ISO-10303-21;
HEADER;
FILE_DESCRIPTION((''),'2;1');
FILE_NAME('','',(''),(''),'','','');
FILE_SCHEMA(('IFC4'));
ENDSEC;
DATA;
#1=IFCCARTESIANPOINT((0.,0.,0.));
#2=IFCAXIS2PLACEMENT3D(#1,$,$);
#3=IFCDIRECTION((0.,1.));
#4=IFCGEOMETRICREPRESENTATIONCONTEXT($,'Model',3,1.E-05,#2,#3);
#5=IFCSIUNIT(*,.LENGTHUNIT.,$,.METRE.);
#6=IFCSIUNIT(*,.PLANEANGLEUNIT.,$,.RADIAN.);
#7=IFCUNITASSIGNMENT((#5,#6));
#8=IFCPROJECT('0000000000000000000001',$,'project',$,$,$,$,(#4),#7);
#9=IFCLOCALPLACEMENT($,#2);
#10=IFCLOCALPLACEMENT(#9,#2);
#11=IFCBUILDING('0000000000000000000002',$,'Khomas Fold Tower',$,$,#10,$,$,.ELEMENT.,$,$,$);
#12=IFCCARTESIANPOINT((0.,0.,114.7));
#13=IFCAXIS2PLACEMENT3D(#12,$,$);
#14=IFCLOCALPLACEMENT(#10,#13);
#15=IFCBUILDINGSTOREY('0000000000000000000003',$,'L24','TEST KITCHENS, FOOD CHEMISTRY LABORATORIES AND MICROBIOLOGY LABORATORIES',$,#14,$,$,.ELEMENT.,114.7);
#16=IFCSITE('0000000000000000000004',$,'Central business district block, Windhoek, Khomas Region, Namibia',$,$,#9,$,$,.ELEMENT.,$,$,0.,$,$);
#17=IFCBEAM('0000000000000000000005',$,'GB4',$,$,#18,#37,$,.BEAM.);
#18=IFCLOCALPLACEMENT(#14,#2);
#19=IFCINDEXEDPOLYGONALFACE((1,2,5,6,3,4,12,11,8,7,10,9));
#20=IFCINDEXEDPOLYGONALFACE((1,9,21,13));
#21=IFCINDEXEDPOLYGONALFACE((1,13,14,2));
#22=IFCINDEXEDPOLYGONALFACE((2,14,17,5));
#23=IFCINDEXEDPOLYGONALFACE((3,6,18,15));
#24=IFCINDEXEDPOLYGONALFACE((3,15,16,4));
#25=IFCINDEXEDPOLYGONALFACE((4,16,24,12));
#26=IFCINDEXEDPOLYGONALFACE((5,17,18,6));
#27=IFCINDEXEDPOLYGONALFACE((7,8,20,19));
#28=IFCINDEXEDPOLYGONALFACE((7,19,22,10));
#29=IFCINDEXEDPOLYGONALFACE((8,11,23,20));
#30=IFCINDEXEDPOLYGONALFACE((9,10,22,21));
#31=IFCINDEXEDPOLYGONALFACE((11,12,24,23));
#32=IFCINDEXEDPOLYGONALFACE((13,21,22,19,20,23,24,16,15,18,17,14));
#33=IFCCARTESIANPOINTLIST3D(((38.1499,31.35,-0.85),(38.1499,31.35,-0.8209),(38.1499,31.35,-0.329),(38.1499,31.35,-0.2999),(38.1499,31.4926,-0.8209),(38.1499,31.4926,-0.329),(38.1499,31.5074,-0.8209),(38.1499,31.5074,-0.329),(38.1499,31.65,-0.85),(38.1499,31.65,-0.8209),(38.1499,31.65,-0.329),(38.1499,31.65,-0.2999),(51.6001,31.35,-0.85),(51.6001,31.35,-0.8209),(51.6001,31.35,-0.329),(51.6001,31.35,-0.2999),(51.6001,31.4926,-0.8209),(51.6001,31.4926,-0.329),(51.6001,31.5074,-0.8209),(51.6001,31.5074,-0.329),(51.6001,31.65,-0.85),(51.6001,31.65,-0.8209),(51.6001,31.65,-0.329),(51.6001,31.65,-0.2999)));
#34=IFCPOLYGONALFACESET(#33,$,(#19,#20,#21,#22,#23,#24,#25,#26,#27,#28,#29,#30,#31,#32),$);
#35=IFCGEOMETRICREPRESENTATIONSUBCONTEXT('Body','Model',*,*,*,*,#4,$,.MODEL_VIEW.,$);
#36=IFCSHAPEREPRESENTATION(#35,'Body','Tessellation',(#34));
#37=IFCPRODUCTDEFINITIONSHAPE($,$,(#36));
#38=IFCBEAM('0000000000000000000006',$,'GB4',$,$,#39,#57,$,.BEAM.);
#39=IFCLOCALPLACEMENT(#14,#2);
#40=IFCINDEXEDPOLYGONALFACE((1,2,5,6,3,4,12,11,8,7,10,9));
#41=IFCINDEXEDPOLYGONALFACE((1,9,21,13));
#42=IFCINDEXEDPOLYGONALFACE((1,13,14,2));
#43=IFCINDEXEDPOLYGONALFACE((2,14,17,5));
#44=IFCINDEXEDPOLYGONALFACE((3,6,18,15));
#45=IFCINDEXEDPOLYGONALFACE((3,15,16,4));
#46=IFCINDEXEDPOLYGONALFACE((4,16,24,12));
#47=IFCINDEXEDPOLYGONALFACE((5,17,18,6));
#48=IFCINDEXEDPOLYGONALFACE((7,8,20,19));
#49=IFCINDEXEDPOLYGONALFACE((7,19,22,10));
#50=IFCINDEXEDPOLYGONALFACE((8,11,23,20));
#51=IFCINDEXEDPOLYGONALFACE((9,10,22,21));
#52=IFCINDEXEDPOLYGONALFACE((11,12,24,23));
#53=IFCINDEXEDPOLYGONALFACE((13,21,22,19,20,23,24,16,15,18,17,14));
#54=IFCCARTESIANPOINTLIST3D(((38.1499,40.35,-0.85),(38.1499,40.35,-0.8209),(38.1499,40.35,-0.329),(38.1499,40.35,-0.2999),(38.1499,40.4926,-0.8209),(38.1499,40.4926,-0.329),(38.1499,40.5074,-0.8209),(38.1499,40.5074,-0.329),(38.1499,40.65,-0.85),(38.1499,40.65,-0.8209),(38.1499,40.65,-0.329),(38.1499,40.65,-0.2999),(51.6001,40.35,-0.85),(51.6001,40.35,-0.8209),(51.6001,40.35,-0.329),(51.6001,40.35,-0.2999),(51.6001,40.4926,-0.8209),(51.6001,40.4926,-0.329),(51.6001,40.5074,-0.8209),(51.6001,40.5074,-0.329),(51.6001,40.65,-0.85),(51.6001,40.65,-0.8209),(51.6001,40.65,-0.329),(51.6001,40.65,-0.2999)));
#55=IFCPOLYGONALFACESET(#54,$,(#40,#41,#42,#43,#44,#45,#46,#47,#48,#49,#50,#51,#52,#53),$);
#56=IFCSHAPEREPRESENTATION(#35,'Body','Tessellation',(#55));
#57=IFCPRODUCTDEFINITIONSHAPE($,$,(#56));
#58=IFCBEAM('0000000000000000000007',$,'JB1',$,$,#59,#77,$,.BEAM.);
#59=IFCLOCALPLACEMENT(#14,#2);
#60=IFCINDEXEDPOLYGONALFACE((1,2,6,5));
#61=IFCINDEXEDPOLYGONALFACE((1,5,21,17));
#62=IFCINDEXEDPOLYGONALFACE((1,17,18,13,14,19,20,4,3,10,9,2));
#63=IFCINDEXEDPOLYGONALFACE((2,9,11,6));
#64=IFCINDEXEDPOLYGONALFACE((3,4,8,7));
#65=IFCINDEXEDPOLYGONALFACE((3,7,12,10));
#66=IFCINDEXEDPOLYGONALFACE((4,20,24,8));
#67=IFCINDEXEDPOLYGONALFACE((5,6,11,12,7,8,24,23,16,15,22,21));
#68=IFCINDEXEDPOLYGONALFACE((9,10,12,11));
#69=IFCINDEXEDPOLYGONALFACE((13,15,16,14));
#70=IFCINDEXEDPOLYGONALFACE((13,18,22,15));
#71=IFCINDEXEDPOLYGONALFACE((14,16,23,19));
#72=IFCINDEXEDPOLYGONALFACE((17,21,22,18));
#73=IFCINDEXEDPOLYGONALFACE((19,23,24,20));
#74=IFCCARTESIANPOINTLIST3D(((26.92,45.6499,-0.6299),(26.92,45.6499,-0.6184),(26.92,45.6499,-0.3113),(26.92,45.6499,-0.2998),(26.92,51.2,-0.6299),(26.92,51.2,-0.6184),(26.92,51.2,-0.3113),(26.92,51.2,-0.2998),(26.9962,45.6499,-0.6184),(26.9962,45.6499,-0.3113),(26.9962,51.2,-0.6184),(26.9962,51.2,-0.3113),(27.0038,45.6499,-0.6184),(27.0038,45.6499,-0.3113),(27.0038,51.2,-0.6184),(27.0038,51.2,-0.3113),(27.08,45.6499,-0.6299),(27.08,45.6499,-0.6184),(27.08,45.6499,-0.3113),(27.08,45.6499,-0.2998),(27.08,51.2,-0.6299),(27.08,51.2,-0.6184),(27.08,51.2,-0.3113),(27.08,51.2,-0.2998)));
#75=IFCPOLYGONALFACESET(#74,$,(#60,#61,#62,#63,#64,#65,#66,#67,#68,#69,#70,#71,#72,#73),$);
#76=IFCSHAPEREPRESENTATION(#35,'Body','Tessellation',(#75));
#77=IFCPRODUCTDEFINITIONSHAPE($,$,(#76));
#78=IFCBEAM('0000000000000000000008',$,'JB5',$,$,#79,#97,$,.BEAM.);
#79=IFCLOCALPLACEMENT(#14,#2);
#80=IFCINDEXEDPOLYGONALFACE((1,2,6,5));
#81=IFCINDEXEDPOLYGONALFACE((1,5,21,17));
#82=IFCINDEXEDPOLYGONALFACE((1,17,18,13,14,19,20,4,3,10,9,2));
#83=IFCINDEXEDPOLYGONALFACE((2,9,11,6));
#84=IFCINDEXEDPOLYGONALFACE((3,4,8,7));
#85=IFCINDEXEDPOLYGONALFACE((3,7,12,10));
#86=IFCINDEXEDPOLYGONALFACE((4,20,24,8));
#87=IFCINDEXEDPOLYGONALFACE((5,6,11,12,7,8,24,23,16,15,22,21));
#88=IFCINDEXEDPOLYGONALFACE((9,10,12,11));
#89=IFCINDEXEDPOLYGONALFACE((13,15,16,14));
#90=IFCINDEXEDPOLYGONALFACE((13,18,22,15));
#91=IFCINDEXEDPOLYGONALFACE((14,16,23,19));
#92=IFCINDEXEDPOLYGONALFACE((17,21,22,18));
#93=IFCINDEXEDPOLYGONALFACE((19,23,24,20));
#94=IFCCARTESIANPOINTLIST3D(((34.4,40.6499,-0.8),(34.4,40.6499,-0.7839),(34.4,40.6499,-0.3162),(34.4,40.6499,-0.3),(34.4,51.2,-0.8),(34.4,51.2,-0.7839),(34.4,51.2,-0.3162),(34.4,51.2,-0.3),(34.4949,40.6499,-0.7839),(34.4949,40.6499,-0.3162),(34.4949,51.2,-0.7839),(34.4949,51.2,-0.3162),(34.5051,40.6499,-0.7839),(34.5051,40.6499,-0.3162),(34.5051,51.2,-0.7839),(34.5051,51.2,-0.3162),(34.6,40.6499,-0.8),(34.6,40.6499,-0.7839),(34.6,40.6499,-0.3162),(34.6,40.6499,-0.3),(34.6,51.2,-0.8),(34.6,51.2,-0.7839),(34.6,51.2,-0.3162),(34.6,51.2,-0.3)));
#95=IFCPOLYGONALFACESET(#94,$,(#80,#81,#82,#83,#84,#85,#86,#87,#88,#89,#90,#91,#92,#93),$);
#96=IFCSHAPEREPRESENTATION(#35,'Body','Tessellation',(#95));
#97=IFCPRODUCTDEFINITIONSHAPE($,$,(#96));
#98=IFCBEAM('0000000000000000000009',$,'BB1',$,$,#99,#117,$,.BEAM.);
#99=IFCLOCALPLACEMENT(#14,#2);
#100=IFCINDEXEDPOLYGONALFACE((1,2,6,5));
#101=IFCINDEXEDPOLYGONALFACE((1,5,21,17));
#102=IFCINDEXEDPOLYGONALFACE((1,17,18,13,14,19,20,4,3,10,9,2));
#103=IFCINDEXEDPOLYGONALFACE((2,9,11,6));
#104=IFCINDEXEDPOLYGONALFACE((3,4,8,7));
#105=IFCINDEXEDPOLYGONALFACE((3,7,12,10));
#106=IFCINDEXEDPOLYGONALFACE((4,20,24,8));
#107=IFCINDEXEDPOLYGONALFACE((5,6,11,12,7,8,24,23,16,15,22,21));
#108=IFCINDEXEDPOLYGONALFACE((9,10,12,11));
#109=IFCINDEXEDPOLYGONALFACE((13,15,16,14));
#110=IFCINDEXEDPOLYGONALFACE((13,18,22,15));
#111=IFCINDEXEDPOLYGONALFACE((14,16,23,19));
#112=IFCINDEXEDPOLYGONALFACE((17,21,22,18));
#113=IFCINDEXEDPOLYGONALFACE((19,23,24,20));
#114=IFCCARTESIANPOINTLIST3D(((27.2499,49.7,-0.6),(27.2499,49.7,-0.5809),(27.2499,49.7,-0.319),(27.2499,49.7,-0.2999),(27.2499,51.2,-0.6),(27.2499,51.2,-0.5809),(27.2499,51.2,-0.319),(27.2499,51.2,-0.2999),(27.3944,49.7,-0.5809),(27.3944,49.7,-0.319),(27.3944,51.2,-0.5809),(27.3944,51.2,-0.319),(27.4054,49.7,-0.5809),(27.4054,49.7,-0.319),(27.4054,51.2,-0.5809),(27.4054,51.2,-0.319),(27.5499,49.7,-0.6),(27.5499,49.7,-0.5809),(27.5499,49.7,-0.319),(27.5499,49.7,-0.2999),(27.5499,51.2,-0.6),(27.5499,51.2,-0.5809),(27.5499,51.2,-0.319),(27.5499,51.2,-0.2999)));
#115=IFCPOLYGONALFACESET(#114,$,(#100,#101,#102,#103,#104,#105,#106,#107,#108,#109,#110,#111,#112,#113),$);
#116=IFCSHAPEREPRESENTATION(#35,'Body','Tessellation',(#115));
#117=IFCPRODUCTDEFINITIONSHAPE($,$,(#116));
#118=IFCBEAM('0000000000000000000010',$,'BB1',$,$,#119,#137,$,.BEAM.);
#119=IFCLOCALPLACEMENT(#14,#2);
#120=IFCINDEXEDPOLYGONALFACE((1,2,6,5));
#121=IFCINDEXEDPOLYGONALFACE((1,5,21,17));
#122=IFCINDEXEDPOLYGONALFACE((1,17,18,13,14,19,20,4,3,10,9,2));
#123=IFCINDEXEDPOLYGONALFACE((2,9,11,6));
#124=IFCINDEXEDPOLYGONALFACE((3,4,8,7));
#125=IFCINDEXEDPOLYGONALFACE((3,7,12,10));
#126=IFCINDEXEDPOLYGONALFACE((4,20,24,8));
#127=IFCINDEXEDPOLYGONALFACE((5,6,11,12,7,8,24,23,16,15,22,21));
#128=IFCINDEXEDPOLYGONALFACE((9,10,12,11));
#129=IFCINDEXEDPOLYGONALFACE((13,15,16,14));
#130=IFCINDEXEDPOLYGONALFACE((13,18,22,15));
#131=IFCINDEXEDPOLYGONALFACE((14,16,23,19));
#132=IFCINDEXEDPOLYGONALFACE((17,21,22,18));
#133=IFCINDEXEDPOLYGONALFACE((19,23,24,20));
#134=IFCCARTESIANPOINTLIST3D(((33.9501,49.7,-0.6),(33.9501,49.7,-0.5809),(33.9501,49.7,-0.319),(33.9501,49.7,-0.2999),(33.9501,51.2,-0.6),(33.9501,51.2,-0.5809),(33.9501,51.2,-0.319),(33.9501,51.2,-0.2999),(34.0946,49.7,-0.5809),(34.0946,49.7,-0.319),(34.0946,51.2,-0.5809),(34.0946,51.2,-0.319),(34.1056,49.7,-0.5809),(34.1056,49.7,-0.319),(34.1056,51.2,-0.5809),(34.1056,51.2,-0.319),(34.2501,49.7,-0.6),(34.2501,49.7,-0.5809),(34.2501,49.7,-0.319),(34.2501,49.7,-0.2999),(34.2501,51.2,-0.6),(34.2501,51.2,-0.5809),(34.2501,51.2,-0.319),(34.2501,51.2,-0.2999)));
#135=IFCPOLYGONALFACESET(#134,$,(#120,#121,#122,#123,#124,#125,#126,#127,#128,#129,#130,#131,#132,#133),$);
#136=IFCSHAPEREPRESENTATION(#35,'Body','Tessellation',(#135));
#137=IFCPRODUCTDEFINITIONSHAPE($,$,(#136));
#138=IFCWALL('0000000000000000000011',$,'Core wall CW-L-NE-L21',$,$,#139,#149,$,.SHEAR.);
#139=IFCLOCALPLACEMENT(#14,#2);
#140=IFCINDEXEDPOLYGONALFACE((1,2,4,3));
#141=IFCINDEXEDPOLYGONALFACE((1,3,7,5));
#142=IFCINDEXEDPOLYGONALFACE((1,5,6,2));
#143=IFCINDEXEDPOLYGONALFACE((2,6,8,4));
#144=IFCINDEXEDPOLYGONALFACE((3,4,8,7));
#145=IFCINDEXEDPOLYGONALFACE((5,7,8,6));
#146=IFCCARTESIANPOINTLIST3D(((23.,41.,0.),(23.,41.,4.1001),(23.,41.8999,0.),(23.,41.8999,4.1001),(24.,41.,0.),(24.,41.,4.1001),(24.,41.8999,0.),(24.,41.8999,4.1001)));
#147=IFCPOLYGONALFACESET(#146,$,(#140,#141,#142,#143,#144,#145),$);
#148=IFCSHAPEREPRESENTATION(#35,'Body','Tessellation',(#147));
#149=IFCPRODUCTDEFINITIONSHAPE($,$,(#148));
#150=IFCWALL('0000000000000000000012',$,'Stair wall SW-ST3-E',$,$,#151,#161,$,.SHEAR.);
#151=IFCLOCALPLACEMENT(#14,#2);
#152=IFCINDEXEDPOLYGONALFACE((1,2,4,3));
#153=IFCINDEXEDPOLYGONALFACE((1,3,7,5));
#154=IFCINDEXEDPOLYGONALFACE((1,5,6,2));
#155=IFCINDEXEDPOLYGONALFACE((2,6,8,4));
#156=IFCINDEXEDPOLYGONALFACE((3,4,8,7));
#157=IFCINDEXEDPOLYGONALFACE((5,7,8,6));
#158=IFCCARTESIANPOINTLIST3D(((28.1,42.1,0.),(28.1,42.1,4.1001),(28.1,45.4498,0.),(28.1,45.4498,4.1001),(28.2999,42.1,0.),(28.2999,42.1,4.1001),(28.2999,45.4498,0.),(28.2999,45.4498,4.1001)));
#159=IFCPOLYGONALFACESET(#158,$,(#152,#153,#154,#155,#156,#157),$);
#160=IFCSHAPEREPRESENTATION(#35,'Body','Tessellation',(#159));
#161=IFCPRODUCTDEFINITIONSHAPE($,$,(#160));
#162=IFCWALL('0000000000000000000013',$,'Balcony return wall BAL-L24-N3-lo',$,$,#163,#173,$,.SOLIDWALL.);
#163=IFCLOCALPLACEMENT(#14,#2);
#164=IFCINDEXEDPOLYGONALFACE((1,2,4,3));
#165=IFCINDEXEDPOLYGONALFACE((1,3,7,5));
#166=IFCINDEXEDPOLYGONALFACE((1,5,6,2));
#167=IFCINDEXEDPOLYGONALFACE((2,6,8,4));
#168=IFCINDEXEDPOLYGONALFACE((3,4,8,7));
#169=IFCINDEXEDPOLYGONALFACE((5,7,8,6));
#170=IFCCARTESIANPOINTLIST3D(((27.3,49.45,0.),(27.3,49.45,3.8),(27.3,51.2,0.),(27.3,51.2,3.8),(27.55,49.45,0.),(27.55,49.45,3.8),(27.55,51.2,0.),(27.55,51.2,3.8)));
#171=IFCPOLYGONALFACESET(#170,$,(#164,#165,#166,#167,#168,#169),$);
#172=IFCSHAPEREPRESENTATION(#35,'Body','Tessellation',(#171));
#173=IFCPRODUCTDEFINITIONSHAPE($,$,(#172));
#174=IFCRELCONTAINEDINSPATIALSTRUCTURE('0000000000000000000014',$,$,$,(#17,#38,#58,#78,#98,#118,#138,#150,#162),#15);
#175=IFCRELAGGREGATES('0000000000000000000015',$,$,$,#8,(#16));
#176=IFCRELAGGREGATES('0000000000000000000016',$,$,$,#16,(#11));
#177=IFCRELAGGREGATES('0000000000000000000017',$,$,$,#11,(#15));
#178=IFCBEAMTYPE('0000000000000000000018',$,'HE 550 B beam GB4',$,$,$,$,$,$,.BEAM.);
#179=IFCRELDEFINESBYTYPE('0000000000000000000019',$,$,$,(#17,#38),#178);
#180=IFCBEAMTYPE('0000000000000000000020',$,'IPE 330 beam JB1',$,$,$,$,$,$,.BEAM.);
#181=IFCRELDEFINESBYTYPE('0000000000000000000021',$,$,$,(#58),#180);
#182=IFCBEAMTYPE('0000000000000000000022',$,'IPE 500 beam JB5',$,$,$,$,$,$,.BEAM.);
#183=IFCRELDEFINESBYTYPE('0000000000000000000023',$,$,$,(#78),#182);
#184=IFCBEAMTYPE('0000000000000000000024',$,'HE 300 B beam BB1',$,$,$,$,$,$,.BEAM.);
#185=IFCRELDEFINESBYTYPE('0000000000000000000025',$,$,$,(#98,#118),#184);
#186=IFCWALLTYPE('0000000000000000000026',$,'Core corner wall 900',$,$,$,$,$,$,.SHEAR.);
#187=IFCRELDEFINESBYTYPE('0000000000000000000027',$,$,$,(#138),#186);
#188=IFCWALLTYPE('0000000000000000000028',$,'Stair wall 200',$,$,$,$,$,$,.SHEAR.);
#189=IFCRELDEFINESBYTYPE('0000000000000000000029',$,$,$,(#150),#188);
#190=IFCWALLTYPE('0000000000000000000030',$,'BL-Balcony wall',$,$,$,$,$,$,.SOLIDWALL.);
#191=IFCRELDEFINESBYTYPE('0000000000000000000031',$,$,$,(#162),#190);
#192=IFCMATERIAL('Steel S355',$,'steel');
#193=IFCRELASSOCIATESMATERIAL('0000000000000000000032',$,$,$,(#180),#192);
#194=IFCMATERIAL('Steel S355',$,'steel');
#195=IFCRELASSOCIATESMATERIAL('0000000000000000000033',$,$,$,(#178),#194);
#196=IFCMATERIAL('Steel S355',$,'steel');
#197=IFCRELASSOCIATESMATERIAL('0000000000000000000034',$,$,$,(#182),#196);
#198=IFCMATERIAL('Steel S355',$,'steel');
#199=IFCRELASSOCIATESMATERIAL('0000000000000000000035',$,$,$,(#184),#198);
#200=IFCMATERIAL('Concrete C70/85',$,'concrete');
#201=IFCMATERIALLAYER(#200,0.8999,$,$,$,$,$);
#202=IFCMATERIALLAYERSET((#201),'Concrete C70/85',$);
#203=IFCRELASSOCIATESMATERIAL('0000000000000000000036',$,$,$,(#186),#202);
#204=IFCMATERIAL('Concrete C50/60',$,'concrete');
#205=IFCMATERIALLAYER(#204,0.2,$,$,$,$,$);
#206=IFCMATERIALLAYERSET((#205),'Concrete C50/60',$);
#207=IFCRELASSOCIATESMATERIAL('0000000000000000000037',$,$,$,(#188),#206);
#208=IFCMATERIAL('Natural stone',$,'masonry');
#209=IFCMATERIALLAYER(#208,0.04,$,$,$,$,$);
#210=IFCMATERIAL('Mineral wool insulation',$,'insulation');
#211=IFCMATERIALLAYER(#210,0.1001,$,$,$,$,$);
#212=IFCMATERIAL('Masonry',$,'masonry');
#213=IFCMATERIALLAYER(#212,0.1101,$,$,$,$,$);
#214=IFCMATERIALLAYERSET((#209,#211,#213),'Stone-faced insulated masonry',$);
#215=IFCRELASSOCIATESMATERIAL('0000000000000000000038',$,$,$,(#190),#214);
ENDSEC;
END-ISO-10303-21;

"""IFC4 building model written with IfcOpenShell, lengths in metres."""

from ifc_helpers import new_model, si_unit, direction, frame, frame_2d, origin, origin_2d, place, context, subcontext, project, spatial, rectangle, i_section, extrude, source, transform, mapped, material, layer, layer_set, material_profile, profile_set, type_object, element, save


model = new_model("IFC4")

# Units and contexts
model_context = context("Model", 3, precision=1e-05, world=origin(), true_north=direction((0.0, 1.0)))
body_context = subcontext(model_context, "Body", "Model", "MODEL_VIEW")
ifc_project = project(units=[si_unit("LENGTHUNIT", "METRE"), si_unit("PLANEANGLEUNIT", "RADIAN")], contexts=[model_context])

# Site, building, storey
site_placement = place(None, origin())
site = spatial("IfcSite", under=ifc_project, at=site_placement, Name="Central business district block, Windhoek, Khomas Region, Namibia", CompositionType="ELEMENT", RefElevation=0.0)
building_placement = place(site_placement, origin())
building = spatial("IfcBuilding", under=site, at=building_placement, Name="Khomas Fold Tower", CompositionType="ELEMENT")
storey_placement = place(building_placement, frame((0.0, 0.0, 114.7)))
storey = spatial("IfcBuildingStorey", under=building, at=storey_placement, Name="L24", Description="TEST KITCHENS, FOOD CHEMISTRY LABORATORIES AND MICROBIOLOGY LABORATORIES", CompositionType="ELEMENT", Elevation=114.7)

# Beams
ifc_material_1 = material(Name="Steel S355", Category="steel")
ifc_material_profile_1 = material_profile(ifc_material_1, i_section(OverallWidth=0.1599, OverallDepth=0.3301, WebThickness=0.0076, FlangeThickness=0.0115, at=origin_2d()), Name="IPE 330")
ifc_profile_set_1 = profile_set([ifc_material_profile_1], Name="Steel S355")
beam_type_1 = type_object("IfcBeamType", Name="IPE 330 beam JB1", PredefinedType="BEAM", material=ifc_profile_set_1)
ifc_material_2 = material(Name="Steel S355", Category="steel")
ifc_material_profile_2 = material_profile(ifc_material_2, i_section(OverallWidth=0.3, OverallDepth=0.55, WebThickness=0.0149, FlangeThickness=0.0291, at=origin_2d()), Name="HE 550 B")
ifc_profile_set_2 = profile_set([ifc_material_profile_2], Name="Steel S355")
beam_type_2 = type_object("IfcBeamType", Name="HE 550 B beam GB4", PredefinedType="BEAM", material=ifc_profile_set_2)
shared_shape_1 = source(origin(), body_context, "Body", "SweptSolid", [
    extrude(i_section(OverallWidth=0.3, OverallDepth=0.55, WebThickness=0.0149, FlangeThickness=0.0291, at=origin_2d()), origin(), (0.0, 0.0, 1.0), 13.4502),
])
for number, where, z_axis, x_axis, name in (
    (1, (38.1499, 31.5, -0.575), (1.0, 0.0, 0.0), (0.0, 1.0, 0.0), "GB4"),
    (2, (38.1499, 40.5, -0.575), (1.0, 0.0, 0.0), (0.0, 1.0, 0.0), "GB4"),
):
    element("IfcBeam", number, at=place(storey_placement, frame(where, z_axis=z_axis, x_axis=x_axis)), inside=storey, type_object=beam_type_2, Name=name, PredefinedType="BEAM", context=body_context, shape_type="MappedRepresentation", body=[
        mapped(shared_shape_1, transform((0.0, 0.0, 0.0))),
    ])
shared_shape_2 = source(origin(), body_context, "Body", "SweptSolid", [
    extrude(i_section(OverallWidth=0.1599, OverallDepth=0.3301, WebThickness=0.0076, FlangeThickness=0.0115, at=origin_2d()), origin(), (0.0, 0.0, 1.0), 5.55),
])
beam_1_placement = place(storey_placement, frame((27.0, 45.6499, -0.4648), z_axis=(0.0, 1.0, 0.0), x_axis=(-1.0, 0.0, 0.0)))
element("IfcBeam", 3, at=beam_1_placement, inside=storey, type_object=beam_type_1, Name="JB1", PredefinedType="BEAM", context=body_context, shape_type="MappedRepresentation", body=[
    mapped(shared_shape_2, transform((0.0, 0.0, 0.0))),
])
ifc_material_3 = material(Name="Steel S355", Category="steel")
ifc_material_profile_3 = material_profile(ifc_material_3, i_section(OverallWidth=0.2, OverallDepth=0.5, WebThickness=0.0103, FlangeThickness=0.0161, at=origin_2d()), Name="IPE 500")
ifc_profile_set_3 = profile_set([ifc_material_profile_3], Name="Steel S355")
beam_type_3 = type_object("IfcBeamType", Name="IPE 500 beam JB5", PredefinedType="BEAM", material=ifc_profile_set_3)
shared_shape_3 = source(origin(), body_context, "Body", "SweptSolid", [
    extrude(i_section(OverallWidth=0.2, OverallDepth=0.5, WebThickness=0.0103, FlangeThickness=0.0161, at=origin_2d()), origin(), (0.0, 0.0, 1.0), 10.55),
])
beam_2_placement = place(storey_placement, frame((34.5, 40.6499, -0.55), z_axis=(0.0, 1.0, 0.0), x_axis=(-1.0, 0.0, 0.0)))
element("IfcBeam", 4, at=beam_2_placement, inside=storey, type_object=beam_type_3, Name="JB5", PredefinedType="BEAM", context=body_context, shape_type="MappedRepresentation", body=[
    mapped(shared_shape_3, transform((0.0, 0.0, 0.0))),
])
ifc_material_4 = material(Name="Steel S355", Category="steel")
ifc_material_profile_4 = material_profile(ifc_material_4, i_section(OverallWidth=0.3, OverallDepth=0.3, WebThickness=0.011, FlangeThickness=0.019, at=origin_2d()), Name="HE 300 B")
ifc_profile_set_4 = profile_set([ifc_material_profile_4], Name="Steel S355")
beam_type_4 = type_object("IfcBeamType", Name="HE 300 B beam BB1", PredefinedType="BEAM", material=ifc_profile_set_4)
shared_shape_4 = source(origin(), body_context, "Body", "SweptSolid", [
    extrude(i_section(OverallWidth=0.3, OverallDepth=0.3, WebThickness=0.011, FlangeThickness=0.019, at=origin_2d()), origin(), (0.0, 0.0, 1.0), 1.5),
])
for number, where, z_axis, x_axis, name in (
    (5, (27.3999, 49.7, -0.45), (0.0, 1.0, 0.0), (-1.0, 0.0, 0.0), "BB1"),
    (6, (34.1001, 49.7, -0.45), (0.0, 1.0, 0.0), (-1.0, 0.0, 0.0), "BB1"),
):
    element("IfcBeam", number, at=place(storey_placement, frame(where, z_axis=z_axis, x_axis=x_axis)), inside=storey, type_object=beam_type_4, Name=name, PredefinedType="BEAM", context=body_context, shape_type="MappedRepresentation", body=[
        mapped(shared_shape_4, transform((0.0, 0.0, 0.0))),
    ])

# Walls
ifc_material_5 = material(Name="Concrete C70/85", Category="concrete")
ifc_layer_1 = layer(ifc_material_5, 0.8999)
ifc_layer_set_1 = layer_set([ifc_layer_1], Name="Concrete C70/85")
wall_type_1 = type_object("IfcWallType", Name="Core corner wall 900", PredefinedType="SHEAR", material=ifc_layer_set_1)
shared_shape_5 = source(origin(), body_context, "Body", "SweptSolid", [
    extrude(rectangle(XDim=1.0, YDim=0.8999, at=frame_2d((0.5, 0.0))), origin(), (0.0, 0.0, 1.0), 4.1001),
])
wall_1_placement = place(storey_placement, frame((23.0, 41.45, 0.0), z_axis=(0.0, 0.0, 1.0), x_axis=(1.0, 0.0, 0.0)))
element("IfcWall", 7, at=wall_1_placement, inside=storey, type_object=wall_type_1, Name="Core wall CW-L-NE-L21", PredefinedType="SHEAR", context=body_context, shape_type="MappedRepresentation", body=[
    mapped(shared_shape_5, transform((0.0, 0.0, 0.0))),
])
ifc_material_6 = material(Name="Concrete C50/60", Category="concrete")
ifc_layer_2 = layer(ifc_material_6, 0.2)
ifc_layer_set_2 = layer_set([ifc_layer_2], Name="Concrete C50/60")
wall_type_2 = type_object("IfcWallType", Name="Stair wall 200", PredefinedType="SHEAR", material=ifc_layer_set_2)
shared_shape_6 = source(origin(), body_context, "Body", "SweptSolid", [
    extrude(rectangle(XDim=3.3499, YDim=0.2, at=frame_2d((1.6748, 0.0))), origin(), (0.0, 0.0, 1.0), 4.1001),
])
wall_2_placement = place(storey_placement, frame((28.2, 42.1001, 0.0), z_axis=(0.0, 0.0, 1.0), x_axis=(0.0, 1.0, 0.0)))
element("IfcWall", 8, at=wall_2_placement, inside=storey, type_object=wall_type_2, Name="Stair wall SW-ST3-E", PredefinedType="SHEAR", context=body_context, shape_type="MappedRepresentation", body=[
    mapped(shared_shape_6, transform((0.0, 0.0, 0.0))),
])

# Shared definitions
ifc_material_7 = material(Name="Natural stone", Category="masonry")
ifc_layer_3 = layer(ifc_material_7, 0.04)
ifc_material_8 = material(Name="Mineral wool insulation", Category="insulation")
ifc_layer_4 = layer(ifc_material_8, 0.1001)
ifc_material_9 = material(Name="Masonry", Category="masonry")
ifc_layer_5 = layer(ifc_material_9, 0.1101)
ifc_layer_set_3 = layer_set([ifc_layer_3, ifc_layer_4, ifc_layer_5], Name="Stone-faced insulated masonry")
wall_type_3 = type_object("IfcWallType", Name="BL-Balcony wall", PredefinedType="SOLIDWALL", material=ifc_layer_set_3)

# Wall
shared_shape_7 = source(origin(), body_context, "Body", "SweptSolid", [
    extrude(rectangle(XDim=1.75, YDim=0.25, at=frame_2d((0.875, 0.0))), origin(), (0.0, 0.0, 1.0), 3.8),
])
for number, where, z_axis, x_axis, name in (
    (9, (27.425, 51.2, 0.0), (0.0, 0.0, 1.0), (0.0, -1.0, 0.0), "Balcony return wall BAL-L24-N3-lo"),
):
    element("IfcWall", number, at=place(storey_placement, frame(where, z_axis=z_axis, x_axis=x_axis)), inside=storey, type_object=wall_type_3, Name=name, PredefinedType="SOLIDWALL", context=body_context, shape_type="MappedRepresentation", body=[
        mapped(shared_shape_7, transform((0.0, 0.0, 0.0))),
    ])

save(model, "model.ifc")
